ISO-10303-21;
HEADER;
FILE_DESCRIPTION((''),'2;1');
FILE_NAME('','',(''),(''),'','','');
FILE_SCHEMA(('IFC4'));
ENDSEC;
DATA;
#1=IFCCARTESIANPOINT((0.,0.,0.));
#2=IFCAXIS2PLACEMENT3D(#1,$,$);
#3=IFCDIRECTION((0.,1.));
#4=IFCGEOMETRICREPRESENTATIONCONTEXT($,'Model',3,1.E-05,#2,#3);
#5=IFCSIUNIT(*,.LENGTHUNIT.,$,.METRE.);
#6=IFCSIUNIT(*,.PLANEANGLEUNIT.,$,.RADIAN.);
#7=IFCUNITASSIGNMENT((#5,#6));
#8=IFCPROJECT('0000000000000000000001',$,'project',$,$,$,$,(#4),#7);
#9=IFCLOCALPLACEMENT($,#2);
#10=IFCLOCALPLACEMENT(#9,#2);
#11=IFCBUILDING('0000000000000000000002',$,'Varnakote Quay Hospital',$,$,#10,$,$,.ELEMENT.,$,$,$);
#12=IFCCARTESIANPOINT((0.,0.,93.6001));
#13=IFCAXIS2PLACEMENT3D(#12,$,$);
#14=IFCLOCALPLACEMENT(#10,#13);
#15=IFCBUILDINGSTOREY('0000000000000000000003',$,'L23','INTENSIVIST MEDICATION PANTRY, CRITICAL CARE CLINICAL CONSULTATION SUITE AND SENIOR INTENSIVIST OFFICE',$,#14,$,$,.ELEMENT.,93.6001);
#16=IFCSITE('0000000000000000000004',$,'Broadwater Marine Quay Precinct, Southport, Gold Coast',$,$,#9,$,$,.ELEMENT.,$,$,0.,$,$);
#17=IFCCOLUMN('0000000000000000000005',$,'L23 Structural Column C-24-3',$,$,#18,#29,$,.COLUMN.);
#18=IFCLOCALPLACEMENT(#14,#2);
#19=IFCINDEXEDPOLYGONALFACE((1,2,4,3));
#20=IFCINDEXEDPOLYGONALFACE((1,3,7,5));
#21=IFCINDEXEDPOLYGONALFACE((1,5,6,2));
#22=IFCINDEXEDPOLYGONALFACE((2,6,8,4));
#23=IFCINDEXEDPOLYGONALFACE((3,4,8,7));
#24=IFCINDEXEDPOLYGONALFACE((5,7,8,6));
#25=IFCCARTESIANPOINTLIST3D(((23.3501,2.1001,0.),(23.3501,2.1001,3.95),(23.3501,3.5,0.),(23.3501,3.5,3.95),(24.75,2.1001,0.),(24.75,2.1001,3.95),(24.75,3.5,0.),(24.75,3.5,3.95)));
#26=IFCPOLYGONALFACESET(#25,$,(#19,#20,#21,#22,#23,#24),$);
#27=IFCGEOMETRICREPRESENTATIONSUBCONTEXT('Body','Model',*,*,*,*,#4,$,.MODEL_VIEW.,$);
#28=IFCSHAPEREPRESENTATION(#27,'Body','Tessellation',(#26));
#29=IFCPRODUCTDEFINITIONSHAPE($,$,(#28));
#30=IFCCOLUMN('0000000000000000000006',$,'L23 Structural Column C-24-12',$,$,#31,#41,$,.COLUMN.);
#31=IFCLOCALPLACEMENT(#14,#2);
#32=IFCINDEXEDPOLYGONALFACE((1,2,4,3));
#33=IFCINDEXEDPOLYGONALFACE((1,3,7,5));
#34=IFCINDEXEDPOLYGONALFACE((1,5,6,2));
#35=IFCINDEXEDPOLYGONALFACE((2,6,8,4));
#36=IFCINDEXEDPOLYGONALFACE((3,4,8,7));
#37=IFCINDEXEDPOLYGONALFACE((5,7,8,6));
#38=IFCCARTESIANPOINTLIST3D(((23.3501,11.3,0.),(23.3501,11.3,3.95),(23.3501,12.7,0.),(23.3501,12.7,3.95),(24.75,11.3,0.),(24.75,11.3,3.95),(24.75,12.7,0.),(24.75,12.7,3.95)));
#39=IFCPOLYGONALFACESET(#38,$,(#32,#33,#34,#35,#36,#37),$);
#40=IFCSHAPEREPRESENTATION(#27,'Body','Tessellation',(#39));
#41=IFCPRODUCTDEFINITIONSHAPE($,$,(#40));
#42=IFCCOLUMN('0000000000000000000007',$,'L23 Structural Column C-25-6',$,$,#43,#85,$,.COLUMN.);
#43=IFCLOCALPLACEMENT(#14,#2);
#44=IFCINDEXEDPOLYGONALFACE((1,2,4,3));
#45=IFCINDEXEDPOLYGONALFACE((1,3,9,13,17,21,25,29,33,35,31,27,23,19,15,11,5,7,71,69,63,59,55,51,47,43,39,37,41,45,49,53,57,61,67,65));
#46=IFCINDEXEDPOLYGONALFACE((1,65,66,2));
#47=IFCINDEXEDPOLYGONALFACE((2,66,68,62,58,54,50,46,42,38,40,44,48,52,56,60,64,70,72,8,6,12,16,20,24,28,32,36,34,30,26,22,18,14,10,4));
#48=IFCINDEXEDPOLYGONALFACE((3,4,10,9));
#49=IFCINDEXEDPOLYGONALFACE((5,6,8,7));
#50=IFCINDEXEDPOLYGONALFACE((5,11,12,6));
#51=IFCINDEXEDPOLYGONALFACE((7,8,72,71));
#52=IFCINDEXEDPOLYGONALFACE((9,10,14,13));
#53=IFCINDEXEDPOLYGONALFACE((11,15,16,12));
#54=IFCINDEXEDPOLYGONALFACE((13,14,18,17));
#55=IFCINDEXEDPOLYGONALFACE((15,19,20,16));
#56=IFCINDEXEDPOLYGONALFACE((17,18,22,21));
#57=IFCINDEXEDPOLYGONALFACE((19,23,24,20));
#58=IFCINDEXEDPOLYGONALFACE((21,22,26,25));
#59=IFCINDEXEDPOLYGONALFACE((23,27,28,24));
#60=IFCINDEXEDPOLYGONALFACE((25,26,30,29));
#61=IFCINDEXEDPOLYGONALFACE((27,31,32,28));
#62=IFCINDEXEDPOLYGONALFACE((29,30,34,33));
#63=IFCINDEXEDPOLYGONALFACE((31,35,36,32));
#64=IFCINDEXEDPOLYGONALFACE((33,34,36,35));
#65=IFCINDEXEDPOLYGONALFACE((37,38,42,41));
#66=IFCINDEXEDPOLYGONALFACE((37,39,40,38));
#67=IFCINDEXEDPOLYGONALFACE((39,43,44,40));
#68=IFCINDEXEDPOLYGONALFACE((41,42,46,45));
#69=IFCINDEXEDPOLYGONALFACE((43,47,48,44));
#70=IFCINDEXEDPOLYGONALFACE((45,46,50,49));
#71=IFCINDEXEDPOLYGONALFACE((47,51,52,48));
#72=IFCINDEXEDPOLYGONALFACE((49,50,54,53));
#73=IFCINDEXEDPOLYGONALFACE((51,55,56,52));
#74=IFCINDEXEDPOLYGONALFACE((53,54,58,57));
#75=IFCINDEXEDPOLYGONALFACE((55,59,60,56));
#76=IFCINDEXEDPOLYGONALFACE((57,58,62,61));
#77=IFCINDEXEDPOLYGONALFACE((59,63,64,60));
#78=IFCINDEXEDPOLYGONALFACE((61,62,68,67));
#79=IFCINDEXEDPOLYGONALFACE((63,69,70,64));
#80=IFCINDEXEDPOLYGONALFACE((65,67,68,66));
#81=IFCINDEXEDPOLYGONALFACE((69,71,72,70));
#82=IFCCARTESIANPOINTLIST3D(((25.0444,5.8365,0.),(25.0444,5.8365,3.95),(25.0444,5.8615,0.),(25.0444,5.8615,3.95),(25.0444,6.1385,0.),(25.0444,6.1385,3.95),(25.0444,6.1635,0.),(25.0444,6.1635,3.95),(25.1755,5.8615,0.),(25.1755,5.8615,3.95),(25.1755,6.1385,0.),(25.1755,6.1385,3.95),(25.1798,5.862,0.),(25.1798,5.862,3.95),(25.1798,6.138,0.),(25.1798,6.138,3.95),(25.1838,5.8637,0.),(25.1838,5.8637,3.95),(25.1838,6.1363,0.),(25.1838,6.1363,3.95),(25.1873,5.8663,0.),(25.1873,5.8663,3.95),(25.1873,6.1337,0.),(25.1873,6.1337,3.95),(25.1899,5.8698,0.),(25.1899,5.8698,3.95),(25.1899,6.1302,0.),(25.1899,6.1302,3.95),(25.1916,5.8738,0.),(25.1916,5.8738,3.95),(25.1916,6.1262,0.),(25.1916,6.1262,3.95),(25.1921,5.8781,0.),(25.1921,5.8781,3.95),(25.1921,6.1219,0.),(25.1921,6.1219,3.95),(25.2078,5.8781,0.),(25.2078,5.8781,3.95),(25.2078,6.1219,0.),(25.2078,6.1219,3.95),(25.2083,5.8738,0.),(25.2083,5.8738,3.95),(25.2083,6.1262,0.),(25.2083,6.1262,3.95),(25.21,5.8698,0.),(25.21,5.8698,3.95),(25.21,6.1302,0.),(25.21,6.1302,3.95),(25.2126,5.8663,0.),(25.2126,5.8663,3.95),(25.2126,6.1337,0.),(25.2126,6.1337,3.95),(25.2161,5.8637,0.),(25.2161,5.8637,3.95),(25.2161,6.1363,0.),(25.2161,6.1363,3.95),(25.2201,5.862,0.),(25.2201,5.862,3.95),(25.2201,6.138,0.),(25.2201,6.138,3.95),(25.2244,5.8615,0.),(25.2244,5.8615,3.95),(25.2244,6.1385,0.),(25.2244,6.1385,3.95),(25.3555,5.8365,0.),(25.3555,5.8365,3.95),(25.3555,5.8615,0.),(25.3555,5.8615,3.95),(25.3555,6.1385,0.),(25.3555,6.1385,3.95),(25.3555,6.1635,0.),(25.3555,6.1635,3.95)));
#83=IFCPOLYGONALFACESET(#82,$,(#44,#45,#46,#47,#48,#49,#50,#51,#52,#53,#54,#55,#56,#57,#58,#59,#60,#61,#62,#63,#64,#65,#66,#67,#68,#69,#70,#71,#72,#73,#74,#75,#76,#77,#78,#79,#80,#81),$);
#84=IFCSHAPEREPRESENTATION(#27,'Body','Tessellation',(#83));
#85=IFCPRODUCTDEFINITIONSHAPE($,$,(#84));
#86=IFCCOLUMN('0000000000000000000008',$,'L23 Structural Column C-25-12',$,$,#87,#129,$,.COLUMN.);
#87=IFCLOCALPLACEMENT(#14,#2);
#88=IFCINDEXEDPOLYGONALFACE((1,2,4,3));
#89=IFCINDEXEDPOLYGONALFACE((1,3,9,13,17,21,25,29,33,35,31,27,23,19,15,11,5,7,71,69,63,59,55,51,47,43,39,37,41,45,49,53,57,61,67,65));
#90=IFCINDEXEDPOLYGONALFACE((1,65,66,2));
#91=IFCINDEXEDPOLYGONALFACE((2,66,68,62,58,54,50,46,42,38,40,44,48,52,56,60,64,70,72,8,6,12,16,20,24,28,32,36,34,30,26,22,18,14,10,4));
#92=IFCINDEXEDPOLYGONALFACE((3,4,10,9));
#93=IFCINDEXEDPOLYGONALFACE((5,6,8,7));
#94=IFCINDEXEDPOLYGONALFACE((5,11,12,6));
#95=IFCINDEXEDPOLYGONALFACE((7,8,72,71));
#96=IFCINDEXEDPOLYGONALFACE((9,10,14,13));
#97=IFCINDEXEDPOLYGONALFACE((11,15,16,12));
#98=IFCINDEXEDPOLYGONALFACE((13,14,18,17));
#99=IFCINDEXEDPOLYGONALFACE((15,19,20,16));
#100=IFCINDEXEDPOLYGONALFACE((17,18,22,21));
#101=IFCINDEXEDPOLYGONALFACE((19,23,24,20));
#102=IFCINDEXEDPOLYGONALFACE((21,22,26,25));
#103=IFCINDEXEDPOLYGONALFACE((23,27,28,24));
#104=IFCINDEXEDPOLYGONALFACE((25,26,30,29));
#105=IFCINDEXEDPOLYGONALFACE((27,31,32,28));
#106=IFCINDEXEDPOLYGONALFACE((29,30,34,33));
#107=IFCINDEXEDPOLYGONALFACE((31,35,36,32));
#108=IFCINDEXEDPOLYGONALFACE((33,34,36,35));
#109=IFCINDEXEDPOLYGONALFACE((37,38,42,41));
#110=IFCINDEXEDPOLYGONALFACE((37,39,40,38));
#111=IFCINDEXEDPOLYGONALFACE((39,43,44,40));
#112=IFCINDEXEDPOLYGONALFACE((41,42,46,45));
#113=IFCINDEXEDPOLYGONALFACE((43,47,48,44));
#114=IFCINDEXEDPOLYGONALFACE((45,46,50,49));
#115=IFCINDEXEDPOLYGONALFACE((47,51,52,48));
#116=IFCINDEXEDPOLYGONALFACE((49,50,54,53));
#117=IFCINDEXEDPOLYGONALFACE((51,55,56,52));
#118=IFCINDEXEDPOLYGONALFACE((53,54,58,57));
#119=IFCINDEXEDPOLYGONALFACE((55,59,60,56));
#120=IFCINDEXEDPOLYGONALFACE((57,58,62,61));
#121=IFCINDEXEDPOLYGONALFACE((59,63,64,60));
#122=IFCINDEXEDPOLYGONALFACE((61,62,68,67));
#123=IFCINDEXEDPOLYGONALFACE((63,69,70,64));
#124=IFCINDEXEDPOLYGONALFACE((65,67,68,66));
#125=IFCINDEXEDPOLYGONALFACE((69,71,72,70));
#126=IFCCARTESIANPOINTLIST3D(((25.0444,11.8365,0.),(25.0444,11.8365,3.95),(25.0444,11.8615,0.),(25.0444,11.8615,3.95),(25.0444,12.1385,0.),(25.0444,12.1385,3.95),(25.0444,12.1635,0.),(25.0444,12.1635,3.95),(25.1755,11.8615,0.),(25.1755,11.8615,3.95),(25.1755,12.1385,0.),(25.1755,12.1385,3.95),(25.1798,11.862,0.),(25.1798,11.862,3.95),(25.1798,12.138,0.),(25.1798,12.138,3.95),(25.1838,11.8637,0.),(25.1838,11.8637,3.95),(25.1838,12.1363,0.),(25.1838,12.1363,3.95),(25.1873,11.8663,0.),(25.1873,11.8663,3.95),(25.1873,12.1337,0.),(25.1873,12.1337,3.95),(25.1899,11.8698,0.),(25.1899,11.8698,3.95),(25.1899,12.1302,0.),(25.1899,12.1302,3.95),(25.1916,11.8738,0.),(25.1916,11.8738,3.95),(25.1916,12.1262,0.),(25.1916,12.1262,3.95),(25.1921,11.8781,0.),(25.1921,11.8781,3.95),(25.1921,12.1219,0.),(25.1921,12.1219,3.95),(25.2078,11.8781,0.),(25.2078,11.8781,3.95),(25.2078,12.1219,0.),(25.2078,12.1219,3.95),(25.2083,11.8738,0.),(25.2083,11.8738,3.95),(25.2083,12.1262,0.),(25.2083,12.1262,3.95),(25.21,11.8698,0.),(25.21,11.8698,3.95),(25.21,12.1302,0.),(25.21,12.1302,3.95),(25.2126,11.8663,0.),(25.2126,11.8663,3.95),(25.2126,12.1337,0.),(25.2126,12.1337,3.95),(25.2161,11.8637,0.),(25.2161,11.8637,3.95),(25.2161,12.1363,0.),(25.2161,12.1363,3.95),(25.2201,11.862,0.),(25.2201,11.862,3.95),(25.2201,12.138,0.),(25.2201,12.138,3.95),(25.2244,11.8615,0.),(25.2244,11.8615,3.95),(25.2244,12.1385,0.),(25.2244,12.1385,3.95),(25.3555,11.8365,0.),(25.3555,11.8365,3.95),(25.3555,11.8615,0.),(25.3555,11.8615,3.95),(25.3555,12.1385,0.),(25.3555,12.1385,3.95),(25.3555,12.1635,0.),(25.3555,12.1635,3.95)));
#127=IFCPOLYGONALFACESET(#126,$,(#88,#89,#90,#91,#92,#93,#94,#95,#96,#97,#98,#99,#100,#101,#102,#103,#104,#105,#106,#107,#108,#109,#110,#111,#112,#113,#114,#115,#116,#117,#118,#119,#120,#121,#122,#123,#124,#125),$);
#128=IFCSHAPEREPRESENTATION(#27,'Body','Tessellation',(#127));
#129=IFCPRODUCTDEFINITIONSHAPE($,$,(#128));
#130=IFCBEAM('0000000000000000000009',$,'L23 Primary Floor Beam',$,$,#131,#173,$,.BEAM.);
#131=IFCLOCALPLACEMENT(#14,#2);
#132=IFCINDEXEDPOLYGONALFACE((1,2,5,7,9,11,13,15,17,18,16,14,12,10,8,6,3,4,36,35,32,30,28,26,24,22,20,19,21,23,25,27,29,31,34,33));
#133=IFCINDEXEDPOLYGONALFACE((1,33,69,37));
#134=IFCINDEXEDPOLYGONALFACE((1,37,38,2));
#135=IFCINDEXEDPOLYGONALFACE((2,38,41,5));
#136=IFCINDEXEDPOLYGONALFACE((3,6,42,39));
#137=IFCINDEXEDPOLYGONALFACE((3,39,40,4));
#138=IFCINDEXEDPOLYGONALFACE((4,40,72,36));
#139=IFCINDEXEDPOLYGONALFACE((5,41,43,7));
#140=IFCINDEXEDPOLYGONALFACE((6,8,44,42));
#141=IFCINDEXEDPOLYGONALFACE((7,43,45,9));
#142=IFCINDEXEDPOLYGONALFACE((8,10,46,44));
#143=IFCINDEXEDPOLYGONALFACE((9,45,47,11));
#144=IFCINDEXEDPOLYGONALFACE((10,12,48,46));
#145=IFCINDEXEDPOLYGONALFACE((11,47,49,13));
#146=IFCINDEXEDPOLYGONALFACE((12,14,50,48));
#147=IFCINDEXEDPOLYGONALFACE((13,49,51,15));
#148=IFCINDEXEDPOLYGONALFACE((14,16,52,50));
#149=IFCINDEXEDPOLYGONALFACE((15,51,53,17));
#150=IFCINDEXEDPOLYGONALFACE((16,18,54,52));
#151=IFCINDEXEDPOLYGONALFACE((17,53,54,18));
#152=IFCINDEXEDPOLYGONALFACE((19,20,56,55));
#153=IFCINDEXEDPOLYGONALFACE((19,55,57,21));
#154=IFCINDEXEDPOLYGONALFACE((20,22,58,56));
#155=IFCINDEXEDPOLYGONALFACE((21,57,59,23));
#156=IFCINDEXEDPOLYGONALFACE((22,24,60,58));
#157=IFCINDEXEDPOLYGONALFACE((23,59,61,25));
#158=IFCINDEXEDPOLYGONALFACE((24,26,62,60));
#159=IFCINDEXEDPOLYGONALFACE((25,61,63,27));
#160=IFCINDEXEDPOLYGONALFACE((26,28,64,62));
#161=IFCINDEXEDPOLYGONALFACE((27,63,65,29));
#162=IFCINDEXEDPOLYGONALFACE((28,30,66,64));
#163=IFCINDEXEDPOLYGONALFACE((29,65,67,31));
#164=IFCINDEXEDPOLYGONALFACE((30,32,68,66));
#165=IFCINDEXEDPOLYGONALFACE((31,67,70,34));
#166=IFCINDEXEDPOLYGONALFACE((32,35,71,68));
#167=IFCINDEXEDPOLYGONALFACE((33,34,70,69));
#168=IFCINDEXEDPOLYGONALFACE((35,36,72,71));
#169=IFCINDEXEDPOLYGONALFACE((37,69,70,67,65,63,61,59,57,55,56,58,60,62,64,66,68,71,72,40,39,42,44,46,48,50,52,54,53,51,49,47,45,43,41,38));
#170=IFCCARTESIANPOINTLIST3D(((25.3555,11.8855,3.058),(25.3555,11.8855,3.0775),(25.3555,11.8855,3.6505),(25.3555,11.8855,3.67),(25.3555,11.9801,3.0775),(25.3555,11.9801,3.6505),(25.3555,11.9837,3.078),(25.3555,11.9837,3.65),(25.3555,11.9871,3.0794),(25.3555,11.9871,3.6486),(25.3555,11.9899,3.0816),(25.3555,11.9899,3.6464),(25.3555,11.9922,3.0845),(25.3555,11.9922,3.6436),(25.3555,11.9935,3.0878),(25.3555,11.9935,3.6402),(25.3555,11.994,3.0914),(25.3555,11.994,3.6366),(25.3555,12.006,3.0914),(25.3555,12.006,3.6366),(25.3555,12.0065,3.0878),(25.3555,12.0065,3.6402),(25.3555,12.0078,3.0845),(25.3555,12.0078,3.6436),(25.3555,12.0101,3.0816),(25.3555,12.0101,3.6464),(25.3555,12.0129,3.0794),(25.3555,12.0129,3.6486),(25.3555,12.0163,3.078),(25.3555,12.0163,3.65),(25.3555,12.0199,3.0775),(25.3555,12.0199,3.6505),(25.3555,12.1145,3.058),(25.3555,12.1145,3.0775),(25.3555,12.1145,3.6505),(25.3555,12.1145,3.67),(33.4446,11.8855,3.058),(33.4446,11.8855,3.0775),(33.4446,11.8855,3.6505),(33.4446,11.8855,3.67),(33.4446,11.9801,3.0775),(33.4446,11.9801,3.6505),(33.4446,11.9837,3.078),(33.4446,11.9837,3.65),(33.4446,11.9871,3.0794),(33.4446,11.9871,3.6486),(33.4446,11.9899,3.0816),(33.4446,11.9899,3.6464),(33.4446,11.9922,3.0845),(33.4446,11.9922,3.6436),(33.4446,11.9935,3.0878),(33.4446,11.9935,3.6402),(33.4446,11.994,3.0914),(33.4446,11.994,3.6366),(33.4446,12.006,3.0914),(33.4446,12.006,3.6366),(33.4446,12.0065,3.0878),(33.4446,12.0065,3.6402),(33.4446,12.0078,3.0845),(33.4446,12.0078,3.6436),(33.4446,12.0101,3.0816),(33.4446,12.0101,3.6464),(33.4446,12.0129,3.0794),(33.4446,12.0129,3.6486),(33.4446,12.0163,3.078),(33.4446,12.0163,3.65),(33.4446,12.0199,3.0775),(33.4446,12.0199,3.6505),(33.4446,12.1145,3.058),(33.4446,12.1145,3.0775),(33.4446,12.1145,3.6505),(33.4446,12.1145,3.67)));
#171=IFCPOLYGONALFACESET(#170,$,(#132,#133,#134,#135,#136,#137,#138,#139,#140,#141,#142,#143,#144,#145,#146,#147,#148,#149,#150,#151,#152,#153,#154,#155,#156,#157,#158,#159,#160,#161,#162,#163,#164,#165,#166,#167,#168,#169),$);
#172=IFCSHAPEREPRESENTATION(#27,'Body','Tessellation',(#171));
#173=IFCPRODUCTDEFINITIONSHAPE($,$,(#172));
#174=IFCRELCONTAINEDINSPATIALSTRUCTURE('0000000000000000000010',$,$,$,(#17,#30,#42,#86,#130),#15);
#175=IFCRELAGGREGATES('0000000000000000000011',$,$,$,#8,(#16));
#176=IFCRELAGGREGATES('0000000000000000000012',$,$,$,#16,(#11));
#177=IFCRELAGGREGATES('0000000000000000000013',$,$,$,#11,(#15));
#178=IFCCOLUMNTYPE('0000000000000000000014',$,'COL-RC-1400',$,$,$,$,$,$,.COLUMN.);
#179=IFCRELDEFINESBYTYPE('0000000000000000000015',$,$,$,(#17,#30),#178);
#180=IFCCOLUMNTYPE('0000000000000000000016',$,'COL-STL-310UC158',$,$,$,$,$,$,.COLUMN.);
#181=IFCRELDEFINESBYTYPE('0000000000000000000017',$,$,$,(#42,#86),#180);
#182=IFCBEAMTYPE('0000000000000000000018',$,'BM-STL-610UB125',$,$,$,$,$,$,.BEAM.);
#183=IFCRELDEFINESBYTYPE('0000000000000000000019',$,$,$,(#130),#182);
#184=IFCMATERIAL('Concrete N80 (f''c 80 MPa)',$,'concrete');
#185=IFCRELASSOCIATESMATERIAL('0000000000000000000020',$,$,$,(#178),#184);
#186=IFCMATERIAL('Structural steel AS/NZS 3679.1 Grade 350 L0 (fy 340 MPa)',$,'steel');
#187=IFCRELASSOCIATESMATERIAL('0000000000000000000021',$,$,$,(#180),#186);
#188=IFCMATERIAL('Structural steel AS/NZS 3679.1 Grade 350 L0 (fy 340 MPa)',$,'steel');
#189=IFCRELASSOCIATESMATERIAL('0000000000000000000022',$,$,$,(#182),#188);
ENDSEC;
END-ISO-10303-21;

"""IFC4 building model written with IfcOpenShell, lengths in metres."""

from ifc_helpers import new_model, si_unit, direction, frame, origin, origin_2d, place, context, subcontext, project, spatial, rectangle, i_section, extrude, material, material_profile, profile_set, type_object, element, save


model = new_model("IFC4")

# Units and contexts
model_context = context("Model", 3, precision=1e-05, world=origin(), true_north=direction((0.0, 1.0)))
body_context = subcontext(model_context, "Body", "Model", "MODEL_VIEW")
ifc_project = project(units=[si_unit("LENGTHUNIT", "METRE"), si_unit("PLANEANGLEUNIT", "RADIAN")], contexts=[model_context])

# Site, building, storey
site_placement = place(None, origin())
site = spatial("IfcSite", under=ifc_project, at=site_placement, Name="Broadwater Marine Quay Precinct, Southport, Gold Coast", CompositionType="ELEMENT", RefElevation=0.0)
building_placement = place(site_placement, origin())
building = spatial("IfcBuilding", under=site, at=building_placement, Name="Varnakote Quay Hospital", CompositionType="ELEMENT")
storey_placement = place(building_placement, frame((0.0, 0.0, 93.6001)))
storey = spatial("IfcBuildingStorey", under=building, at=storey_placement, Name="L23", Description="INTENSIVIST MEDICATION PANTRY, CRITICAL CARE CLINICAL CONSULTATION SUITE AND SENIOR INTENSIVIST OFFICE", CompositionType="ELEMENT", Elevation=93.6001)

# Columns
ifc_material_1 = material(Name="Concrete N80 (f'c 80 MPa)", Category="concrete")
ifc_material_profile_1 = material_profile(ifc_material_1, rectangle(XDim=1.3999, YDim=1.3999, at=origin_2d()), Name="RC-COL-1400x1400")
ifc_profile_set_1 = profile_set([ifc_material_profile_1], Name="Concrete N80 (f'c 80 MPa)")
column_type_1 = type_object("IfcColumnType", Name="COL-RC-1400", PredefinedType="COLUMN", material=ifc_profile_set_1)
for number, where, z_axis, x_axis, name in (
    (1, (24.05, 2.8, 0.0), (0.0, 0.0, 1.0), (1.0, 0.0, 0.0), "L23 Structural Column C-24-3"),
    (2, (24.05, 12.0, 0.0), (0.0, 0.0, 1.0), (1.0, 0.0, 0.0), "L23 Structural Column C-24-12"),
):
    element("IfcColumn", number, at=place(storey_placement, frame(where, z_axis=z_axis, x_axis=x_axis)), inside=storey, type_object=column_type_1, Name=name, PredefinedType="COLUMN", context=body_context, shape_type="SweptSolid", body=[
        extrude(rectangle(XDim=1.3999, YDim=1.3999, at=origin_2d()), origin(), (0.0, 0.0, 1.0), 3.95),
    ])
ifc_material_2 = material(Name="Structural steel AS/NZS 3679.1 Grade 350 L0 (fy 340 MPa)", Category="steel")
ifc_material_profile_2 = material_profile(ifc_material_2, i_section(OverallWidth=0.311, OverallDepth=0.3269, WebThickness=0.0156, FlangeThickness=0.0249, FilletRadius=0.0166, at=origin_2d()), Name="310UC158")
ifc_profile_set_2 = profile_set([ifc_material_profile_2], Name="Structural steel AS/NZS 3679.1 Grade 350 L0 (fy 340 MPa)")
column_type_2 = type_object("IfcColumnType", Name="COL-STL-310UC158", PredefinedType="COLUMN", material=ifc_profile_set_2)
for number, where, z_axis, x_axis, name in (
    (3, (25.2, 6.0, 0.0), (0.0, 0.0, 1.0), (1.0, 0.0, 0.0), "L23 Structural Column C-25-6"),
    (4, (25.2, 12.0, 0.0), (0.0, 0.0, 1.0), (1.0, 0.0, 0.0), "L23 Structural Column C-25-12"),
):
    element("IfcColumn", number, at=place(storey_placement, frame(where, z_axis=z_axis, x_axis=x_axis)), inside=storey, type_object=column_type_2, Name=name, PredefinedType="COLUMN", context=body_context, shape_type="SweptSolid", body=[
        extrude(i_section(OverallWidth=0.311, OverallDepth=0.3269, WebThickness=0.0156, FlangeThickness=0.0249, FilletRadius=0.0166, at=origin_2d()), origin(), (0.0, 0.0, 1.0), 3.95),
    ])

# Beam
ifc_material_3 = material(Name="Structural steel AS/NZS 3679.1 Grade 350 L0 (fy 340 MPa)", Category="steel")
ifc_material_profile_3 = material_profile(ifc_material_3, i_section(OverallWidth=0.229, OverallDepth=0.6121, WebThickness=0.012, FlangeThickness=0.0195, FilletRadius=0.0139, at=origin_2d()), Name="610UB125")
ifc_profile_set_3 = profile_set([ifc_material_profile_3], Name="Structural steel AS/NZS 3679.1 Grade 350 L0 (fy 340 MPa)")
beam_type_1 = type_object("IfcBeamType", Name="BM-STL-610UB125", PredefinedType="BEAM", material=ifc_profile_set_3)
beam_1_placement = place(storey_placement, frame((25.3555, 12.0, 3.364), z_axis=(1.0, 0.0, 0.0), x_axis=(0.0, 1.0, 0.0)))
element("IfcBeam", 5, at=beam_1_placement, inside=storey, type_object=beam_type_1, Name="L23 Primary Floor Beam", PredefinedType="BEAM", context=body_context, shape_type="SweptSolid", body=[
    extrude(i_section(OverallWidth=0.229, OverallDepth=0.6121, WebThickness=0.012, FlangeThickness=0.0195, FilletRadius=0.0139, at=origin_2d()), origin(), (0.0, 0.0, 1.0), 8.0891),
])

save(model, "model.ifc")
